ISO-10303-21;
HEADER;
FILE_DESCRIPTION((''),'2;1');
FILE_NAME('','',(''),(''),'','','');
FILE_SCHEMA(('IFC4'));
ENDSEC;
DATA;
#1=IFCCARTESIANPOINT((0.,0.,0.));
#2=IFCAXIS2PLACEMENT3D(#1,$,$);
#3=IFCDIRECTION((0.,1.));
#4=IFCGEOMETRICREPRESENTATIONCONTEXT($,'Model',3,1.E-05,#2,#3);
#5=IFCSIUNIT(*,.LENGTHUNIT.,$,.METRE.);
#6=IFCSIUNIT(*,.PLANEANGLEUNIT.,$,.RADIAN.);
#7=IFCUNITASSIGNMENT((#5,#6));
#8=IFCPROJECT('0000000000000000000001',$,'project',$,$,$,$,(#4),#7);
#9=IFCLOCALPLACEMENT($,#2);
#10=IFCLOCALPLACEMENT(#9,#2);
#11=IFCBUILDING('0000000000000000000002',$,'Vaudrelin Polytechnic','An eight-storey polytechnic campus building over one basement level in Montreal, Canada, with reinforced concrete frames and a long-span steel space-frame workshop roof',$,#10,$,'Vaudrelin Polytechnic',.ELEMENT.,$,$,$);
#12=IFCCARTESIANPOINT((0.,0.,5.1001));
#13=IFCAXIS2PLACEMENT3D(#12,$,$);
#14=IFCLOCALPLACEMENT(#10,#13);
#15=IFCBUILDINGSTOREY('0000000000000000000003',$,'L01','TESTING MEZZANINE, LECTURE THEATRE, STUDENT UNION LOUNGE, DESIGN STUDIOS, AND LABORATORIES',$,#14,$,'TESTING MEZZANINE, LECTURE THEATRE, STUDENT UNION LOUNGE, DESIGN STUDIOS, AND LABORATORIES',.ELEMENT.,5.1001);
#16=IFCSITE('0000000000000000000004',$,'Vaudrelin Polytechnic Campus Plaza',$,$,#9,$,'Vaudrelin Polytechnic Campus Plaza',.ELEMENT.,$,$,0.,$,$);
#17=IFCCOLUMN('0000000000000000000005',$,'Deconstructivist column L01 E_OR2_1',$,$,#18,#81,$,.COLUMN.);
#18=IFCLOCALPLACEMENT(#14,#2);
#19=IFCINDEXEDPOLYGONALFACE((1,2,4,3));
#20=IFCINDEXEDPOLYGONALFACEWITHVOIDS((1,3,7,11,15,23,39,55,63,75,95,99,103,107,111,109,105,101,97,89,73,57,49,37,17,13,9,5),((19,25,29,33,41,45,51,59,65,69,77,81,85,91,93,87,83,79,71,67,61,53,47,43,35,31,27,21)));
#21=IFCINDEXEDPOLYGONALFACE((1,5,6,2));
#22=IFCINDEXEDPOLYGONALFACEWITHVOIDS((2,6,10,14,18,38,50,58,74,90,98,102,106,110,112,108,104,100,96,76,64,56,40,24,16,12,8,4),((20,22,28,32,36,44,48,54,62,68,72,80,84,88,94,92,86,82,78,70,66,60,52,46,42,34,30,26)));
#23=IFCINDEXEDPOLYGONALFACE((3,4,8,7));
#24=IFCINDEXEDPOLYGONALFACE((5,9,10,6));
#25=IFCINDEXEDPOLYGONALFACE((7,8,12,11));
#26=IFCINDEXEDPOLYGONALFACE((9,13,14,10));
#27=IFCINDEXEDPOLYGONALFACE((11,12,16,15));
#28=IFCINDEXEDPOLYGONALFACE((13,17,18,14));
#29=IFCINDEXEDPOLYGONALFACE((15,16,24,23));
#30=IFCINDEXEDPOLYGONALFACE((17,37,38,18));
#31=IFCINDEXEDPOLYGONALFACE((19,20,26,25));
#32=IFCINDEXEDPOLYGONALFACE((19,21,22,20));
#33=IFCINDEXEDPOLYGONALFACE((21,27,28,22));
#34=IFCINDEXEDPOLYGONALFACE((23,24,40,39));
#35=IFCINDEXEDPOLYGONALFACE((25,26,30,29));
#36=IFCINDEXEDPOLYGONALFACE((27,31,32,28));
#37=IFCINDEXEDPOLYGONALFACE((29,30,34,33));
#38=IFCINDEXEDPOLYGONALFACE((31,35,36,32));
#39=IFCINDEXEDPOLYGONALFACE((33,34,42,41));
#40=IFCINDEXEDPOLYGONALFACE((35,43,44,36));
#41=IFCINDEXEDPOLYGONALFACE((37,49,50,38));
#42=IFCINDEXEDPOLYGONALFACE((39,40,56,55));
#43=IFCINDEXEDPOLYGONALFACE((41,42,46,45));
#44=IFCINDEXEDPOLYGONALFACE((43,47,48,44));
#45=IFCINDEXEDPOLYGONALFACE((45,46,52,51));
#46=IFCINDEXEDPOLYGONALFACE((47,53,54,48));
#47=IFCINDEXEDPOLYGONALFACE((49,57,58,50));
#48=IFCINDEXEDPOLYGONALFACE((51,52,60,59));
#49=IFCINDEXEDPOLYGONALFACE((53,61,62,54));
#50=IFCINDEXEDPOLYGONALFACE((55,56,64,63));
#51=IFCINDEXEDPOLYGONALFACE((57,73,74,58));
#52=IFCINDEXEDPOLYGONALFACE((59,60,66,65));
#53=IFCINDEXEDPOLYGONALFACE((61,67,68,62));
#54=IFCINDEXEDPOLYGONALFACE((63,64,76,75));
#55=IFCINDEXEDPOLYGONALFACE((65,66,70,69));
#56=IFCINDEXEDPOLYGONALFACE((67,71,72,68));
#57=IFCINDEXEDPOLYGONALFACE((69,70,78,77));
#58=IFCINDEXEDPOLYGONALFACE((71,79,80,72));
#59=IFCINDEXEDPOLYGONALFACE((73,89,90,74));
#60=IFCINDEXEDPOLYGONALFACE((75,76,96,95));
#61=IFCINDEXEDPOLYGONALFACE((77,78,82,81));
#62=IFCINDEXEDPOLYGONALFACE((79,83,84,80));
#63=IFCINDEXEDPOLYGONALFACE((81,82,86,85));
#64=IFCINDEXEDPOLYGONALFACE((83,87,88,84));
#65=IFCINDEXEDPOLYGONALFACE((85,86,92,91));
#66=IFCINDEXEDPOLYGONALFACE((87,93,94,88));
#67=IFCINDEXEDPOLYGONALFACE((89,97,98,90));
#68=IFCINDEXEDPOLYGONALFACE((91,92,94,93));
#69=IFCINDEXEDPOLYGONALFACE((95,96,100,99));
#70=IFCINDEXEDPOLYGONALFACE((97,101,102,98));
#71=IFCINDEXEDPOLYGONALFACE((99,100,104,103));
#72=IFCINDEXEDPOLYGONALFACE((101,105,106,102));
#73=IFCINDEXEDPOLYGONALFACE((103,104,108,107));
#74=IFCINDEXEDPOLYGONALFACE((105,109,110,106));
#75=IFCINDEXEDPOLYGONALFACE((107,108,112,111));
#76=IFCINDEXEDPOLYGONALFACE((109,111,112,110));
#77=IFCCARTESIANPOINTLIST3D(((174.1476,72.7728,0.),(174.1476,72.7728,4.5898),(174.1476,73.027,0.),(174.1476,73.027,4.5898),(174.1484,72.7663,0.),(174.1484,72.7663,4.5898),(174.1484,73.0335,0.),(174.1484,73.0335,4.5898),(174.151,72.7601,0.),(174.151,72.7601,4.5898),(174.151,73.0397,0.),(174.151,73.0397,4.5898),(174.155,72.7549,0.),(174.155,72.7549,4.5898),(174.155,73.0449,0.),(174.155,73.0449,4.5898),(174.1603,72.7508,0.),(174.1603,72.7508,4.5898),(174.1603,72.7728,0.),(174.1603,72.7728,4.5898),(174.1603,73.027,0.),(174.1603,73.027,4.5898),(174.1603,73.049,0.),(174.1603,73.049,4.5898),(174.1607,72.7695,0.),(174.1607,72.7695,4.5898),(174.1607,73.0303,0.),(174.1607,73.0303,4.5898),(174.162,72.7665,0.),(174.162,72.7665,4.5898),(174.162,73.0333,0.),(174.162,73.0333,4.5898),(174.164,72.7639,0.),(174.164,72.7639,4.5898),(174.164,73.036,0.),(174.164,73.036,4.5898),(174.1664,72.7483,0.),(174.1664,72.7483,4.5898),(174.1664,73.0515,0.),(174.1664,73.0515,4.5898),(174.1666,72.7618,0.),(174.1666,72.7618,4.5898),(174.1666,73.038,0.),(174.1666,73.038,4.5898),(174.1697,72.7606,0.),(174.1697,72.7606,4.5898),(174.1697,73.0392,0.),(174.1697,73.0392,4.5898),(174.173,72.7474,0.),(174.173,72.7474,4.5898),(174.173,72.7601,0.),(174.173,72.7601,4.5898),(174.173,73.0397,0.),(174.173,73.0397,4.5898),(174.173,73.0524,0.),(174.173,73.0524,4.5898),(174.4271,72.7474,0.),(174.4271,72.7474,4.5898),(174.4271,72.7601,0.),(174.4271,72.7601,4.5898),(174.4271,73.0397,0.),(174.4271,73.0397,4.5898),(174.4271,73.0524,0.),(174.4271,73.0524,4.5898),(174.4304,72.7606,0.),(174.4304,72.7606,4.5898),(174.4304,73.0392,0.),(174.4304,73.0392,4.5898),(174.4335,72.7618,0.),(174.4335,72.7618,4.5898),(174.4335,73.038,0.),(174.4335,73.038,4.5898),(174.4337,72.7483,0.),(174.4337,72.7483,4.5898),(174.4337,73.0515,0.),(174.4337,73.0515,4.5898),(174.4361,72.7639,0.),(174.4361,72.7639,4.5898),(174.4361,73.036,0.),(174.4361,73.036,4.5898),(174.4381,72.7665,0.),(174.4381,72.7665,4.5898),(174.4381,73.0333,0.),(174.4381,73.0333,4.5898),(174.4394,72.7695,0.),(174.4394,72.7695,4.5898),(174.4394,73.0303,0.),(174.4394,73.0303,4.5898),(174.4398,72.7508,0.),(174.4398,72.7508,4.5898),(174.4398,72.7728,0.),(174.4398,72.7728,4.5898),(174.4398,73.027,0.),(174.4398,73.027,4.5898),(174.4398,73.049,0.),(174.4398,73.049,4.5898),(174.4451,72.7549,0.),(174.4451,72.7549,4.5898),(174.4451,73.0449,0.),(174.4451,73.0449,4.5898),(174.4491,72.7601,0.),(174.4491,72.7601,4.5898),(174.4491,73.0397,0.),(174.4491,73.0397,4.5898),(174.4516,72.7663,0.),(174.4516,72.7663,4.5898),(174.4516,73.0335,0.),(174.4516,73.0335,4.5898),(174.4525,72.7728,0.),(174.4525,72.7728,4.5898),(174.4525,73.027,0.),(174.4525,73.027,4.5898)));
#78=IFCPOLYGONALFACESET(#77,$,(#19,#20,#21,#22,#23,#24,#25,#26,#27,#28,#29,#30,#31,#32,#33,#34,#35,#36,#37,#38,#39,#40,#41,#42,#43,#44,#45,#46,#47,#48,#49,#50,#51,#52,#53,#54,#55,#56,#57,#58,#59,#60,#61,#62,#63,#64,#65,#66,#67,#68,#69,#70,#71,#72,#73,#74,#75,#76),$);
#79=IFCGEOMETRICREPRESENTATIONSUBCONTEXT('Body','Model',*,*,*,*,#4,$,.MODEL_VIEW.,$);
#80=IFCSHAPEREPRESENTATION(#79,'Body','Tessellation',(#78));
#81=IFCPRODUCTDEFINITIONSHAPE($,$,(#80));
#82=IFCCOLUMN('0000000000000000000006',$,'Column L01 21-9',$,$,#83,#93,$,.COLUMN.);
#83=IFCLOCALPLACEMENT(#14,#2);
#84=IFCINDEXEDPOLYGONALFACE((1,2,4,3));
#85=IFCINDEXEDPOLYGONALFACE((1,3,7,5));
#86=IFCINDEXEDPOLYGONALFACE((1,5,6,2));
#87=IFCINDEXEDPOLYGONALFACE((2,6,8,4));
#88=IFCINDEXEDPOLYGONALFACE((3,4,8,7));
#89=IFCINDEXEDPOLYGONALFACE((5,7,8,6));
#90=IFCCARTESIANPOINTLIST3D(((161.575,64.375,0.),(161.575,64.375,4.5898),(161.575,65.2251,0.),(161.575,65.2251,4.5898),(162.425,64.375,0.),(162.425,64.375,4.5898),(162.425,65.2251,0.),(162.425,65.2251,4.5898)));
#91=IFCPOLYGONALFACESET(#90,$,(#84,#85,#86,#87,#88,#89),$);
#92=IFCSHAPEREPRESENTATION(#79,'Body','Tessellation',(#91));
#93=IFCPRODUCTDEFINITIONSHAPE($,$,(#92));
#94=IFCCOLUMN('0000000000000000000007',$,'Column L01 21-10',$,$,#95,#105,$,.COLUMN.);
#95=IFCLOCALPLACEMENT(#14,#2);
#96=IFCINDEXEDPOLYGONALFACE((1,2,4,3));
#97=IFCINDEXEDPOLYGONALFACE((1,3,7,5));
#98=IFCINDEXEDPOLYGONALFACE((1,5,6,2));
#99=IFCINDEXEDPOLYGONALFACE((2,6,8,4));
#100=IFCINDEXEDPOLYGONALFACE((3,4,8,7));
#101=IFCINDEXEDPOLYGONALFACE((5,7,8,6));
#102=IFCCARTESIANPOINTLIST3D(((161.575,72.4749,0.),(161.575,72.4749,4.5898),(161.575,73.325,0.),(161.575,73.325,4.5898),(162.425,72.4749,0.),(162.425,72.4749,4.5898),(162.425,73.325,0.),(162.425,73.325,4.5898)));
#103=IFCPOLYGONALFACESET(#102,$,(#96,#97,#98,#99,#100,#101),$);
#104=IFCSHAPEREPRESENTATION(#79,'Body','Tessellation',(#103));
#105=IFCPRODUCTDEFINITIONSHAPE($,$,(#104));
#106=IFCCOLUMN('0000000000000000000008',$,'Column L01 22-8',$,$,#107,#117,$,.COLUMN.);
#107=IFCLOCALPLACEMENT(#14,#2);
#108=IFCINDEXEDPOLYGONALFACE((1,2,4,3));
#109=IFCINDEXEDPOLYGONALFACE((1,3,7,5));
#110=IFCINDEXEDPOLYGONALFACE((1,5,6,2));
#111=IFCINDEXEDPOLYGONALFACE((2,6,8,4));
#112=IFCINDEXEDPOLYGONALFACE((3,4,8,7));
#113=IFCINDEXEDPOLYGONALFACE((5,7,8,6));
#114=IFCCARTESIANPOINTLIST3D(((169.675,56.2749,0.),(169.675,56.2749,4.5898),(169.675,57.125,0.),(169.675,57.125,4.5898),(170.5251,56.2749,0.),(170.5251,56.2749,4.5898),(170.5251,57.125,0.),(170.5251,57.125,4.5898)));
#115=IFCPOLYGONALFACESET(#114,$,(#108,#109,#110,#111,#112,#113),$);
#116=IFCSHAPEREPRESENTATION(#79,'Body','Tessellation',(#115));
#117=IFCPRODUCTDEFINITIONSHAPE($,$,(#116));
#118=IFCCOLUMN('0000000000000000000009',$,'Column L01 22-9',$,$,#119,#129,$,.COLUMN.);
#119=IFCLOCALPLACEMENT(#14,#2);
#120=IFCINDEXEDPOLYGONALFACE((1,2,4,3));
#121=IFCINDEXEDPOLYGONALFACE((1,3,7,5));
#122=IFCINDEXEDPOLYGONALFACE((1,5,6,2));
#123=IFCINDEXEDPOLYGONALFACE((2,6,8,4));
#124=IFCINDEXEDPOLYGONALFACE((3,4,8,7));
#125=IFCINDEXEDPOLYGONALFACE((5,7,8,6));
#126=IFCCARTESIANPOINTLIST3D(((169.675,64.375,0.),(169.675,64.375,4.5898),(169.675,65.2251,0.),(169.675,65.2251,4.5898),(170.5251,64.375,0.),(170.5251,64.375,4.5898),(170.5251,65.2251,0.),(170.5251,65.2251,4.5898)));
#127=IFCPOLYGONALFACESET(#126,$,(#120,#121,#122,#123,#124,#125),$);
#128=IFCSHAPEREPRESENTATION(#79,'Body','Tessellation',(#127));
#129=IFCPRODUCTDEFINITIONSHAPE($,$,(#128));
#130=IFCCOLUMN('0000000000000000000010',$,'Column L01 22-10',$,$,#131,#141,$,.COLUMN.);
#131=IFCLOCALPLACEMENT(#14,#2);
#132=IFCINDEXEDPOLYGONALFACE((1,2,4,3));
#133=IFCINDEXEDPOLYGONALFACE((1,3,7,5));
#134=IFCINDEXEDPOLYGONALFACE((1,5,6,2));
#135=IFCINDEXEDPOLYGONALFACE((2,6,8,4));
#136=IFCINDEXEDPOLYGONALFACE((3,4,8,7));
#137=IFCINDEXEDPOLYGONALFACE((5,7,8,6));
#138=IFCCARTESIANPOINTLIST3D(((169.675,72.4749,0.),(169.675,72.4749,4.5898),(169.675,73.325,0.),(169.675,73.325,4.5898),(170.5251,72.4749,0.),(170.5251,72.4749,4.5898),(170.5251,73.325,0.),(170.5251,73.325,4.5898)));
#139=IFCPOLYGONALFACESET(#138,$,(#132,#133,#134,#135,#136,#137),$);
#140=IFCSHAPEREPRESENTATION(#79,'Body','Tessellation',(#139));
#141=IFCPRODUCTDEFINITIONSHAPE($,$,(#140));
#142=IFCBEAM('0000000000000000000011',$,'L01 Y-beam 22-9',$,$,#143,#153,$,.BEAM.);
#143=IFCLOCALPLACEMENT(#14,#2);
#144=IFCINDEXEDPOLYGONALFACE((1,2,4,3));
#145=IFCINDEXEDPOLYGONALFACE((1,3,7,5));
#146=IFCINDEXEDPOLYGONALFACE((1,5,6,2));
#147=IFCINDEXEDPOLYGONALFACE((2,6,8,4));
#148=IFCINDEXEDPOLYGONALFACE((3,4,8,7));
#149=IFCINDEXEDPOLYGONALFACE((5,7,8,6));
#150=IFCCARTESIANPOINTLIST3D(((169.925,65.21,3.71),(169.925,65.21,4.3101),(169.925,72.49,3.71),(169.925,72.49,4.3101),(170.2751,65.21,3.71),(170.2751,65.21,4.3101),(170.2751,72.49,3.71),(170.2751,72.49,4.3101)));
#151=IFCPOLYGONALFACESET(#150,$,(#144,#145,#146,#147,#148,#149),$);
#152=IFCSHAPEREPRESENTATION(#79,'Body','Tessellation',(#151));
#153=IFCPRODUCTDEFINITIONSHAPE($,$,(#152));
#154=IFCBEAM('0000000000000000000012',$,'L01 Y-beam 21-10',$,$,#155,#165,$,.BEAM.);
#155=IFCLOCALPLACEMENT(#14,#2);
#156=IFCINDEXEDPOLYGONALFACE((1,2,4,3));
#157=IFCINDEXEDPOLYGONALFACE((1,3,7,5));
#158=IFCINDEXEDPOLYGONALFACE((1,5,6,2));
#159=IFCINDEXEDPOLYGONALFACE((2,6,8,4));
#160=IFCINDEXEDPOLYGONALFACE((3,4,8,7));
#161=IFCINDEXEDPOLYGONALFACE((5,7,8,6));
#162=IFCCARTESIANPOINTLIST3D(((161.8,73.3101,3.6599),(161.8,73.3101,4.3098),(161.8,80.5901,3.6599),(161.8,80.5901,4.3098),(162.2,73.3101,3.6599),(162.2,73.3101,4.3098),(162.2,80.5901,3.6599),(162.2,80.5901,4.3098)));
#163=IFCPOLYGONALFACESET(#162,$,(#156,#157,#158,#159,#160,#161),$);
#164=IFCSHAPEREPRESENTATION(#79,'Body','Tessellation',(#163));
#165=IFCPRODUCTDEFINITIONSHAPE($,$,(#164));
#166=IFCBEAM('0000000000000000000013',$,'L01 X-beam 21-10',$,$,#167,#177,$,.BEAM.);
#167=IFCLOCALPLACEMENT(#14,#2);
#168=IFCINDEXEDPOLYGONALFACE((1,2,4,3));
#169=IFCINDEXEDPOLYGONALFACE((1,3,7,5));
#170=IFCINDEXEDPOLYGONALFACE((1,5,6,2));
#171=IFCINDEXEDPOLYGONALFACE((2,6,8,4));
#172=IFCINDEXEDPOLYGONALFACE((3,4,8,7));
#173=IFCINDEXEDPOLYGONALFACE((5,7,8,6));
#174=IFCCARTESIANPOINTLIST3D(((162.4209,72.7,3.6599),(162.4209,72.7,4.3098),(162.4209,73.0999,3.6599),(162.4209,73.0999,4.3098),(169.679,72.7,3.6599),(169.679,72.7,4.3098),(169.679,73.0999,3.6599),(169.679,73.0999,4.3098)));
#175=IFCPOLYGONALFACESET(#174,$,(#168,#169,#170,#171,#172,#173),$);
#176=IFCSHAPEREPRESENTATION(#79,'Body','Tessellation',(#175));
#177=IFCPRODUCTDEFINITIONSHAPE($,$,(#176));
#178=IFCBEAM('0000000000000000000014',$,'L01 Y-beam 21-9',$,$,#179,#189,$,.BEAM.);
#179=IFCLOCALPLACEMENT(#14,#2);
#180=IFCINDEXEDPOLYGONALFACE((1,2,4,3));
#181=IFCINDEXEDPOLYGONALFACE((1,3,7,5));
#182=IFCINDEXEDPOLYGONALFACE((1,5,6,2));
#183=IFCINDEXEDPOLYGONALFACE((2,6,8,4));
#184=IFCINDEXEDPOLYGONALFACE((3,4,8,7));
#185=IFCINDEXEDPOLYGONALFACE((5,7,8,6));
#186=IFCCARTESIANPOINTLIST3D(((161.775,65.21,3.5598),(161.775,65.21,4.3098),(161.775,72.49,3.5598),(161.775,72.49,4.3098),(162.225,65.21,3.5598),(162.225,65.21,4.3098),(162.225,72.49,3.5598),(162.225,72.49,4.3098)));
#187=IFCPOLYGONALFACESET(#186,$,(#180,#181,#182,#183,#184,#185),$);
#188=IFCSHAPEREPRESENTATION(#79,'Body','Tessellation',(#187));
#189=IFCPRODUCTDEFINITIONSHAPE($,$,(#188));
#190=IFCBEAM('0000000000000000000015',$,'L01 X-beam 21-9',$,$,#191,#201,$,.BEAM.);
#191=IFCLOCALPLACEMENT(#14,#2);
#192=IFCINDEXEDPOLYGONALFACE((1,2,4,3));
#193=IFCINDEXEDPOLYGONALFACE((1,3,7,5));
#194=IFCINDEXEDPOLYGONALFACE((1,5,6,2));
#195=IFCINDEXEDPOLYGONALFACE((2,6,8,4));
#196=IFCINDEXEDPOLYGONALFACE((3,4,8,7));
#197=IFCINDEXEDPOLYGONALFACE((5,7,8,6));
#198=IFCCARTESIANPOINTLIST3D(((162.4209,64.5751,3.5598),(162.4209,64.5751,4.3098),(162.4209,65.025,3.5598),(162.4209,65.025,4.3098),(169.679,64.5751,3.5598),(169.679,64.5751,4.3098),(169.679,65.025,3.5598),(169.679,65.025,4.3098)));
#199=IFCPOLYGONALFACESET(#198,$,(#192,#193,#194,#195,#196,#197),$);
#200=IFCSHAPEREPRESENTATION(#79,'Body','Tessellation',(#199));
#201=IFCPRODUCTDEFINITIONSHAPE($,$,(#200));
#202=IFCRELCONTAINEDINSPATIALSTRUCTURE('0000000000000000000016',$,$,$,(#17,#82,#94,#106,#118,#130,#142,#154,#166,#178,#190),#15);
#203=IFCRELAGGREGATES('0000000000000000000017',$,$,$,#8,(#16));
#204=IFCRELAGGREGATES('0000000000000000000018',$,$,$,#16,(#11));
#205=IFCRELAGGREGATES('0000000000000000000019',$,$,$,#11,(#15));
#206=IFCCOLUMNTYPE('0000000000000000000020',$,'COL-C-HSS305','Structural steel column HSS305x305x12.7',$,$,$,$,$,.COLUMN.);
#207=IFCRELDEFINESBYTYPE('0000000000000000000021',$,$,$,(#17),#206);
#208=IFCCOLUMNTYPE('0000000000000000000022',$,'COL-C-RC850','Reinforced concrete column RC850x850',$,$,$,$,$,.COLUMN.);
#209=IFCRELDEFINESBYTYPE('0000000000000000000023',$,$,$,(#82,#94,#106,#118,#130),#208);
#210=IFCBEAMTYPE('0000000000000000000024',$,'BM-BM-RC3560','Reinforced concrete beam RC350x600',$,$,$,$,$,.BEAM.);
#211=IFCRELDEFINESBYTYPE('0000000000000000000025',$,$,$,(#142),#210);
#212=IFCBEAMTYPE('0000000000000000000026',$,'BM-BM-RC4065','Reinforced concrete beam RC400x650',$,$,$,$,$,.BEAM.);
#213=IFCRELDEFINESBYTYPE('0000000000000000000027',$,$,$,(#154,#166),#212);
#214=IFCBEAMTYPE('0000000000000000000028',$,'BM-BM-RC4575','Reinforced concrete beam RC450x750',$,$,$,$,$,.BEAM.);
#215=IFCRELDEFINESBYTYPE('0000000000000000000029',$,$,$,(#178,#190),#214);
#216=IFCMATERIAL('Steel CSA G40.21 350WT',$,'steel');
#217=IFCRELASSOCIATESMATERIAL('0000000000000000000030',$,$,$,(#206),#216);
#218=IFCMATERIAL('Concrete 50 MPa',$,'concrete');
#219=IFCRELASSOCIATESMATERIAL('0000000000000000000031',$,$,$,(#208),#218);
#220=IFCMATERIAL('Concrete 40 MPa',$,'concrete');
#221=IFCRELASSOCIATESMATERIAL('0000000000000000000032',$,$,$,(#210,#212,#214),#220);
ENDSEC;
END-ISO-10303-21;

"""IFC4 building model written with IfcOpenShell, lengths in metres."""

from ifc_helpers import new_model, si_unit, direction, frame, origin, origin_2d, place, context, subcontext, project, spatial, rectangle, hollow_rectangle, extrude, material, material_profile, profile_set, type_object, element, save


model = new_model("IFC4")

# Units and contexts
model_context = context("Model", 3, precision=1e-05, world=origin(), true_north=direction((0.0, 1.0)))
body_context = subcontext(model_context, "Body", "Model", "MODEL_VIEW")
ifc_project = project(units=[si_unit("LENGTHUNIT", "METRE"), si_unit("PLANEANGLEUNIT", "RADIAN")], contexts=[model_context])

# Site, building, storey
site_placement = place(None, origin())
site = spatial("IfcSite", under=ifc_project, at=site_placement, Name="Vaudrelin Polytechnic Campus Plaza", LongName="Vaudrelin Polytechnic Campus Plaza", CompositionType="ELEMENT", RefElevation=0.0)
building_placement = place(site_placement, origin())
building = spatial("IfcBuilding", under=site, at=building_placement, Name="Vaudrelin Polytechnic", Description="An eight-storey polytechnic campus building over one basement level in Montreal, Canada, with reinforced concrete frames and a long-span steel space-frame workshop roof", LongName="Vaudrelin Polytechnic", CompositionType="ELEMENT")
storey_placement = place(building_placement, frame((0.0, 0.0, 5.1001)))
storey = spatial("IfcBuildingStorey", under=building, at=storey_placement, Name="L01", Description="TESTING MEZZANINE, LECTURE THEATRE, STUDENT UNION LOUNGE, DESIGN STUDIOS, AND LABORATORIES", LongName="TESTING MEZZANINE, LECTURE THEATRE, STUDENT UNION LOUNGE, DESIGN STUDIOS, AND LABORATORIES", CompositionType="ELEMENT", Elevation=5.1001)

# Columns
ifc_material_1 = material(Name="Steel CSA G40.21 350WT", Category="steel")
ifc_material_profile_1 = material_profile(ifc_material_1, hollow_rectangle(XDim=0.3049, YDim=0.3049, WallThickness=0.0127, InnerFilletRadius=0.0127, OuterFilletRadius=0.0254, at=origin_2d()), Name="HSS305x305x12.7")
ifc_profile_set_1 = profile_set([ifc_material_profile_1], Name="Steel CSA G40.21 350WT")
column_type_1 = type_object("IfcColumnType", Name="COL-C-HSS305", Description="Structural steel column HSS305x305x12.7", PredefinedType="COLUMN", material=ifc_profile_set_1)
column_placement = place(storey_placement, frame((174.3, 72.8999, 0.0), z_axis=(0.0, 0.0, 1.0), x_axis=(1.0, 0.0, 0.0)))
element("IfcColumn", 1, at=column_placement, inside=storey, type_object=column_type_1, Name="Deconstructivist column L01 E_OR2_1", PredefinedType="COLUMN", context=body_context, shape_type="SweptSolid", body=[
    extrude(hollow_rectangle(XDim=0.3049, YDim=0.3049, WallThickness=0.0127, InnerFilletRadius=0.0127, OuterFilletRadius=0.0254, at=origin_2d()), origin(), (0.0, 0.0, 1.0), 4.5898),
])
ifc_material_2 = material(Name="Concrete 50 MPa", Category="concrete")
ifc_material_profile_2 = material_profile(ifc_material_2, rectangle(XDim=0.8501, YDim=0.8501, at=origin_2d()), Name="RC850x850")
ifc_profile_set_2 = profile_set([ifc_material_profile_2], Name="Concrete 50 MPa")
column_type_2 = type_object("IfcColumnType", Name="COL-C-RC850", Description="Reinforced concrete column RC850x850", PredefinedType="COLUMN", material=ifc_profile_set_2)
for number, where, z_axis, x_axis, name in (
    (2, (162.0, 64.8, 0.0), (0.0, 0.0, 1.0), (1.0, 0.0, 0.0), "Column L01 21-9"),
    (3, (162.0, 72.8999, 0.0), (0.0, 0.0, 1.0), (1.0, 0.0, 0.0), "Column L01 21-10"),
    (4, (170.1001, 56.7, 0.0), (0.0, 0.0, 1.0), (1.0, 0.0, 0.0), "Column L01 22-8"),
    (5, (170.1001, 64.8, 0.0), (0.0, 0.0, 1.0), (1.0, 0.0, 0.0), "Column L01 22-9"),
    (6, (170.1001, 72.8999, 0.0), (0.0, 0.0, 1.0), (1.0, 0.0, 0.0), "Column L01 22-10"),
):
    element("IfcColumn", number, at=place(storey_placement, frame(where, z_axis=z_axis, x_axis=x_axis)), inside=storey, type_object=column_type_2, Name=name, PredefinedType="COLUMN", context=body_context, shape_type="SweptSolid", body=[
        extrude(rectangle(XDim=0.8501, YDim=0.8501, at=origin_2d()), origin(), (0.0, 0.0, 1.0), 4.5898),
    ])

# Beams
ifc_material_3 = material(Name="Concrete 40 MPa", Category="concrete")
ifc_material_profile_3 = material_profile(ifc_material_3, rectangle(XDim=0.3501, YDim=0.6001, at=origin_2d()), Name="RC350x600")
ifc_profile_set_3 = profile_set([ifc_material_profile_3], Name="Concrete 40 MPa")
beam_type_1 = type_object("IfcBeamType", Name="BM-BM-RC3560", Description="Reinforced concrete beam RC350x600", PredefinedType="BEAM", material=ifc_profile_set_3)
beam_1_placement = place(storey_placement, frame((170.1001, 65.21, 4.01), z_axis=(0.0, 1.0, 0.0), x_axis=(-1.0, 0.0, 0.0)))
element("IfcBeam", 7, at=beam_1_placement, inside=storey, type_object=beam_type_1, Name="L01 Y-beam 22-9", PredefinedType="BEAM", context=body_context, shape_type="SweptSolid", body=[
    extrude(rectangle(XDim=0.3501, YDim=0.6001, at=origin_2d()), origin(), (0.0, 0.0, 1.0), 7.28),
])
ifc_material_profile_4 = material_profile(ifc_material_3, rectangle(XDim=0.3999, YDim=0.6499, at=origin_2d()), Name="RC400x650")
ifc_profile_set_4 = profile_set([ifc_material_profile_4], Name="Concrete 40 MPa")
beam_type_2 = type_object("IfcBeamType", Name="BM-BM-RC4065", Description="Reinforced concrete beam RC400x650", PredefinedType="BEAM", material=ifc_profile_set_4)
beam_2_placement = place(storey_placement, frame((162.0, 73.3101, 3.9849), z_axis=(0.0, 1.0, 0.0), x_axis=(-1.0, 0.0, 0.0)))
element("IfcBeam", 8, at=beam_2_placement, inside=storey, type_object=beam_type_2, Name="L01 Y-beam 21-10", PredefinedType="BEAM", context=body_context, shape_type="SweptSolid", body=[
    extrude(rectangle(XDim=0.3999, YDim=0.6499, at=origin_2d()), origin(), (0.0, 0.0, 1.0), 7.28),
])
beam_3_placement = place(storey_placement, frame((162.4209, 72.8999, 3.9849), z_axis=(1.0, 0.0, 0.0), x_axis=(0.0, 1.0, 0.0)))
element("IfcBeam", 9, at=beam_3_placement, inside=storey, type_object=beam_type_2, Name="L01 X-beam 21-10", PredefinedType="BEAM", context=body_context, shape_type="SweptSolid", body=[
    extrude(rectangle(XDim=0.3999, YDim=0.6499, at=origin_2d()), origin(), (0.0, 0.0, 1.0), 7.2581),
])
ifc_material_profile_5 = material_profile(ifc_material_3, rectangle(XDim=0.45, YDim=0.75, at=origin_2d()), Name="RC450x750")
ifc_profile_set_5 = profile_set([ifc_material_profile_5], Name="Concrete 40 MPa")
beam_type_3 = type_object("IfcBeamType", Name="BM-BM-RC4575", Description="Reinforced concrete beam RC450x750", PredefinedType="BEAM", material=ifc_profile_set_5)
beam_4_placement = place(storey_placement, frame((162.0, 65.21, 3.9348), z_axis=(0.0, 1.0, 0.0), x_axis=(-1.0, 0.0, 0.0)))
element("IfcBeam", 10, at=beam_4_placement, inside=storey, type_object=beam_type_3, Name="L01 Y-beam 21-9", PredefinedType="BEAM", context=body_context, shape_type="SweptSolid", body=[
    extrude(rectangle(XDim=0.45, YDim=0.75, at=origin_2d()), origin(), (0.0, 0.0, 1.0), 7.28),
])
beam_5_placement = place(storey_placement, frame((162.4209, 64.8, 3.9348), z_axis=(1.0, 0.0, 0.0), x_axis=(0.0, 1.0, 0.0)))
element("IfcBeam", 11, at=beam_5_placement, inside=storey, type_object=beam_type_3, Name="L01 X-beam 21-9", PredefinedType="BEAM", context=body_context, shape_type="SweptSolid", body=[
    extrude(rectangle(XDim=0.45, YDim=0.75, at=origin_2d()), origin(), (0.0, 0.0, 1.0), 7.2581),
])

save(model, "model.ifc")
